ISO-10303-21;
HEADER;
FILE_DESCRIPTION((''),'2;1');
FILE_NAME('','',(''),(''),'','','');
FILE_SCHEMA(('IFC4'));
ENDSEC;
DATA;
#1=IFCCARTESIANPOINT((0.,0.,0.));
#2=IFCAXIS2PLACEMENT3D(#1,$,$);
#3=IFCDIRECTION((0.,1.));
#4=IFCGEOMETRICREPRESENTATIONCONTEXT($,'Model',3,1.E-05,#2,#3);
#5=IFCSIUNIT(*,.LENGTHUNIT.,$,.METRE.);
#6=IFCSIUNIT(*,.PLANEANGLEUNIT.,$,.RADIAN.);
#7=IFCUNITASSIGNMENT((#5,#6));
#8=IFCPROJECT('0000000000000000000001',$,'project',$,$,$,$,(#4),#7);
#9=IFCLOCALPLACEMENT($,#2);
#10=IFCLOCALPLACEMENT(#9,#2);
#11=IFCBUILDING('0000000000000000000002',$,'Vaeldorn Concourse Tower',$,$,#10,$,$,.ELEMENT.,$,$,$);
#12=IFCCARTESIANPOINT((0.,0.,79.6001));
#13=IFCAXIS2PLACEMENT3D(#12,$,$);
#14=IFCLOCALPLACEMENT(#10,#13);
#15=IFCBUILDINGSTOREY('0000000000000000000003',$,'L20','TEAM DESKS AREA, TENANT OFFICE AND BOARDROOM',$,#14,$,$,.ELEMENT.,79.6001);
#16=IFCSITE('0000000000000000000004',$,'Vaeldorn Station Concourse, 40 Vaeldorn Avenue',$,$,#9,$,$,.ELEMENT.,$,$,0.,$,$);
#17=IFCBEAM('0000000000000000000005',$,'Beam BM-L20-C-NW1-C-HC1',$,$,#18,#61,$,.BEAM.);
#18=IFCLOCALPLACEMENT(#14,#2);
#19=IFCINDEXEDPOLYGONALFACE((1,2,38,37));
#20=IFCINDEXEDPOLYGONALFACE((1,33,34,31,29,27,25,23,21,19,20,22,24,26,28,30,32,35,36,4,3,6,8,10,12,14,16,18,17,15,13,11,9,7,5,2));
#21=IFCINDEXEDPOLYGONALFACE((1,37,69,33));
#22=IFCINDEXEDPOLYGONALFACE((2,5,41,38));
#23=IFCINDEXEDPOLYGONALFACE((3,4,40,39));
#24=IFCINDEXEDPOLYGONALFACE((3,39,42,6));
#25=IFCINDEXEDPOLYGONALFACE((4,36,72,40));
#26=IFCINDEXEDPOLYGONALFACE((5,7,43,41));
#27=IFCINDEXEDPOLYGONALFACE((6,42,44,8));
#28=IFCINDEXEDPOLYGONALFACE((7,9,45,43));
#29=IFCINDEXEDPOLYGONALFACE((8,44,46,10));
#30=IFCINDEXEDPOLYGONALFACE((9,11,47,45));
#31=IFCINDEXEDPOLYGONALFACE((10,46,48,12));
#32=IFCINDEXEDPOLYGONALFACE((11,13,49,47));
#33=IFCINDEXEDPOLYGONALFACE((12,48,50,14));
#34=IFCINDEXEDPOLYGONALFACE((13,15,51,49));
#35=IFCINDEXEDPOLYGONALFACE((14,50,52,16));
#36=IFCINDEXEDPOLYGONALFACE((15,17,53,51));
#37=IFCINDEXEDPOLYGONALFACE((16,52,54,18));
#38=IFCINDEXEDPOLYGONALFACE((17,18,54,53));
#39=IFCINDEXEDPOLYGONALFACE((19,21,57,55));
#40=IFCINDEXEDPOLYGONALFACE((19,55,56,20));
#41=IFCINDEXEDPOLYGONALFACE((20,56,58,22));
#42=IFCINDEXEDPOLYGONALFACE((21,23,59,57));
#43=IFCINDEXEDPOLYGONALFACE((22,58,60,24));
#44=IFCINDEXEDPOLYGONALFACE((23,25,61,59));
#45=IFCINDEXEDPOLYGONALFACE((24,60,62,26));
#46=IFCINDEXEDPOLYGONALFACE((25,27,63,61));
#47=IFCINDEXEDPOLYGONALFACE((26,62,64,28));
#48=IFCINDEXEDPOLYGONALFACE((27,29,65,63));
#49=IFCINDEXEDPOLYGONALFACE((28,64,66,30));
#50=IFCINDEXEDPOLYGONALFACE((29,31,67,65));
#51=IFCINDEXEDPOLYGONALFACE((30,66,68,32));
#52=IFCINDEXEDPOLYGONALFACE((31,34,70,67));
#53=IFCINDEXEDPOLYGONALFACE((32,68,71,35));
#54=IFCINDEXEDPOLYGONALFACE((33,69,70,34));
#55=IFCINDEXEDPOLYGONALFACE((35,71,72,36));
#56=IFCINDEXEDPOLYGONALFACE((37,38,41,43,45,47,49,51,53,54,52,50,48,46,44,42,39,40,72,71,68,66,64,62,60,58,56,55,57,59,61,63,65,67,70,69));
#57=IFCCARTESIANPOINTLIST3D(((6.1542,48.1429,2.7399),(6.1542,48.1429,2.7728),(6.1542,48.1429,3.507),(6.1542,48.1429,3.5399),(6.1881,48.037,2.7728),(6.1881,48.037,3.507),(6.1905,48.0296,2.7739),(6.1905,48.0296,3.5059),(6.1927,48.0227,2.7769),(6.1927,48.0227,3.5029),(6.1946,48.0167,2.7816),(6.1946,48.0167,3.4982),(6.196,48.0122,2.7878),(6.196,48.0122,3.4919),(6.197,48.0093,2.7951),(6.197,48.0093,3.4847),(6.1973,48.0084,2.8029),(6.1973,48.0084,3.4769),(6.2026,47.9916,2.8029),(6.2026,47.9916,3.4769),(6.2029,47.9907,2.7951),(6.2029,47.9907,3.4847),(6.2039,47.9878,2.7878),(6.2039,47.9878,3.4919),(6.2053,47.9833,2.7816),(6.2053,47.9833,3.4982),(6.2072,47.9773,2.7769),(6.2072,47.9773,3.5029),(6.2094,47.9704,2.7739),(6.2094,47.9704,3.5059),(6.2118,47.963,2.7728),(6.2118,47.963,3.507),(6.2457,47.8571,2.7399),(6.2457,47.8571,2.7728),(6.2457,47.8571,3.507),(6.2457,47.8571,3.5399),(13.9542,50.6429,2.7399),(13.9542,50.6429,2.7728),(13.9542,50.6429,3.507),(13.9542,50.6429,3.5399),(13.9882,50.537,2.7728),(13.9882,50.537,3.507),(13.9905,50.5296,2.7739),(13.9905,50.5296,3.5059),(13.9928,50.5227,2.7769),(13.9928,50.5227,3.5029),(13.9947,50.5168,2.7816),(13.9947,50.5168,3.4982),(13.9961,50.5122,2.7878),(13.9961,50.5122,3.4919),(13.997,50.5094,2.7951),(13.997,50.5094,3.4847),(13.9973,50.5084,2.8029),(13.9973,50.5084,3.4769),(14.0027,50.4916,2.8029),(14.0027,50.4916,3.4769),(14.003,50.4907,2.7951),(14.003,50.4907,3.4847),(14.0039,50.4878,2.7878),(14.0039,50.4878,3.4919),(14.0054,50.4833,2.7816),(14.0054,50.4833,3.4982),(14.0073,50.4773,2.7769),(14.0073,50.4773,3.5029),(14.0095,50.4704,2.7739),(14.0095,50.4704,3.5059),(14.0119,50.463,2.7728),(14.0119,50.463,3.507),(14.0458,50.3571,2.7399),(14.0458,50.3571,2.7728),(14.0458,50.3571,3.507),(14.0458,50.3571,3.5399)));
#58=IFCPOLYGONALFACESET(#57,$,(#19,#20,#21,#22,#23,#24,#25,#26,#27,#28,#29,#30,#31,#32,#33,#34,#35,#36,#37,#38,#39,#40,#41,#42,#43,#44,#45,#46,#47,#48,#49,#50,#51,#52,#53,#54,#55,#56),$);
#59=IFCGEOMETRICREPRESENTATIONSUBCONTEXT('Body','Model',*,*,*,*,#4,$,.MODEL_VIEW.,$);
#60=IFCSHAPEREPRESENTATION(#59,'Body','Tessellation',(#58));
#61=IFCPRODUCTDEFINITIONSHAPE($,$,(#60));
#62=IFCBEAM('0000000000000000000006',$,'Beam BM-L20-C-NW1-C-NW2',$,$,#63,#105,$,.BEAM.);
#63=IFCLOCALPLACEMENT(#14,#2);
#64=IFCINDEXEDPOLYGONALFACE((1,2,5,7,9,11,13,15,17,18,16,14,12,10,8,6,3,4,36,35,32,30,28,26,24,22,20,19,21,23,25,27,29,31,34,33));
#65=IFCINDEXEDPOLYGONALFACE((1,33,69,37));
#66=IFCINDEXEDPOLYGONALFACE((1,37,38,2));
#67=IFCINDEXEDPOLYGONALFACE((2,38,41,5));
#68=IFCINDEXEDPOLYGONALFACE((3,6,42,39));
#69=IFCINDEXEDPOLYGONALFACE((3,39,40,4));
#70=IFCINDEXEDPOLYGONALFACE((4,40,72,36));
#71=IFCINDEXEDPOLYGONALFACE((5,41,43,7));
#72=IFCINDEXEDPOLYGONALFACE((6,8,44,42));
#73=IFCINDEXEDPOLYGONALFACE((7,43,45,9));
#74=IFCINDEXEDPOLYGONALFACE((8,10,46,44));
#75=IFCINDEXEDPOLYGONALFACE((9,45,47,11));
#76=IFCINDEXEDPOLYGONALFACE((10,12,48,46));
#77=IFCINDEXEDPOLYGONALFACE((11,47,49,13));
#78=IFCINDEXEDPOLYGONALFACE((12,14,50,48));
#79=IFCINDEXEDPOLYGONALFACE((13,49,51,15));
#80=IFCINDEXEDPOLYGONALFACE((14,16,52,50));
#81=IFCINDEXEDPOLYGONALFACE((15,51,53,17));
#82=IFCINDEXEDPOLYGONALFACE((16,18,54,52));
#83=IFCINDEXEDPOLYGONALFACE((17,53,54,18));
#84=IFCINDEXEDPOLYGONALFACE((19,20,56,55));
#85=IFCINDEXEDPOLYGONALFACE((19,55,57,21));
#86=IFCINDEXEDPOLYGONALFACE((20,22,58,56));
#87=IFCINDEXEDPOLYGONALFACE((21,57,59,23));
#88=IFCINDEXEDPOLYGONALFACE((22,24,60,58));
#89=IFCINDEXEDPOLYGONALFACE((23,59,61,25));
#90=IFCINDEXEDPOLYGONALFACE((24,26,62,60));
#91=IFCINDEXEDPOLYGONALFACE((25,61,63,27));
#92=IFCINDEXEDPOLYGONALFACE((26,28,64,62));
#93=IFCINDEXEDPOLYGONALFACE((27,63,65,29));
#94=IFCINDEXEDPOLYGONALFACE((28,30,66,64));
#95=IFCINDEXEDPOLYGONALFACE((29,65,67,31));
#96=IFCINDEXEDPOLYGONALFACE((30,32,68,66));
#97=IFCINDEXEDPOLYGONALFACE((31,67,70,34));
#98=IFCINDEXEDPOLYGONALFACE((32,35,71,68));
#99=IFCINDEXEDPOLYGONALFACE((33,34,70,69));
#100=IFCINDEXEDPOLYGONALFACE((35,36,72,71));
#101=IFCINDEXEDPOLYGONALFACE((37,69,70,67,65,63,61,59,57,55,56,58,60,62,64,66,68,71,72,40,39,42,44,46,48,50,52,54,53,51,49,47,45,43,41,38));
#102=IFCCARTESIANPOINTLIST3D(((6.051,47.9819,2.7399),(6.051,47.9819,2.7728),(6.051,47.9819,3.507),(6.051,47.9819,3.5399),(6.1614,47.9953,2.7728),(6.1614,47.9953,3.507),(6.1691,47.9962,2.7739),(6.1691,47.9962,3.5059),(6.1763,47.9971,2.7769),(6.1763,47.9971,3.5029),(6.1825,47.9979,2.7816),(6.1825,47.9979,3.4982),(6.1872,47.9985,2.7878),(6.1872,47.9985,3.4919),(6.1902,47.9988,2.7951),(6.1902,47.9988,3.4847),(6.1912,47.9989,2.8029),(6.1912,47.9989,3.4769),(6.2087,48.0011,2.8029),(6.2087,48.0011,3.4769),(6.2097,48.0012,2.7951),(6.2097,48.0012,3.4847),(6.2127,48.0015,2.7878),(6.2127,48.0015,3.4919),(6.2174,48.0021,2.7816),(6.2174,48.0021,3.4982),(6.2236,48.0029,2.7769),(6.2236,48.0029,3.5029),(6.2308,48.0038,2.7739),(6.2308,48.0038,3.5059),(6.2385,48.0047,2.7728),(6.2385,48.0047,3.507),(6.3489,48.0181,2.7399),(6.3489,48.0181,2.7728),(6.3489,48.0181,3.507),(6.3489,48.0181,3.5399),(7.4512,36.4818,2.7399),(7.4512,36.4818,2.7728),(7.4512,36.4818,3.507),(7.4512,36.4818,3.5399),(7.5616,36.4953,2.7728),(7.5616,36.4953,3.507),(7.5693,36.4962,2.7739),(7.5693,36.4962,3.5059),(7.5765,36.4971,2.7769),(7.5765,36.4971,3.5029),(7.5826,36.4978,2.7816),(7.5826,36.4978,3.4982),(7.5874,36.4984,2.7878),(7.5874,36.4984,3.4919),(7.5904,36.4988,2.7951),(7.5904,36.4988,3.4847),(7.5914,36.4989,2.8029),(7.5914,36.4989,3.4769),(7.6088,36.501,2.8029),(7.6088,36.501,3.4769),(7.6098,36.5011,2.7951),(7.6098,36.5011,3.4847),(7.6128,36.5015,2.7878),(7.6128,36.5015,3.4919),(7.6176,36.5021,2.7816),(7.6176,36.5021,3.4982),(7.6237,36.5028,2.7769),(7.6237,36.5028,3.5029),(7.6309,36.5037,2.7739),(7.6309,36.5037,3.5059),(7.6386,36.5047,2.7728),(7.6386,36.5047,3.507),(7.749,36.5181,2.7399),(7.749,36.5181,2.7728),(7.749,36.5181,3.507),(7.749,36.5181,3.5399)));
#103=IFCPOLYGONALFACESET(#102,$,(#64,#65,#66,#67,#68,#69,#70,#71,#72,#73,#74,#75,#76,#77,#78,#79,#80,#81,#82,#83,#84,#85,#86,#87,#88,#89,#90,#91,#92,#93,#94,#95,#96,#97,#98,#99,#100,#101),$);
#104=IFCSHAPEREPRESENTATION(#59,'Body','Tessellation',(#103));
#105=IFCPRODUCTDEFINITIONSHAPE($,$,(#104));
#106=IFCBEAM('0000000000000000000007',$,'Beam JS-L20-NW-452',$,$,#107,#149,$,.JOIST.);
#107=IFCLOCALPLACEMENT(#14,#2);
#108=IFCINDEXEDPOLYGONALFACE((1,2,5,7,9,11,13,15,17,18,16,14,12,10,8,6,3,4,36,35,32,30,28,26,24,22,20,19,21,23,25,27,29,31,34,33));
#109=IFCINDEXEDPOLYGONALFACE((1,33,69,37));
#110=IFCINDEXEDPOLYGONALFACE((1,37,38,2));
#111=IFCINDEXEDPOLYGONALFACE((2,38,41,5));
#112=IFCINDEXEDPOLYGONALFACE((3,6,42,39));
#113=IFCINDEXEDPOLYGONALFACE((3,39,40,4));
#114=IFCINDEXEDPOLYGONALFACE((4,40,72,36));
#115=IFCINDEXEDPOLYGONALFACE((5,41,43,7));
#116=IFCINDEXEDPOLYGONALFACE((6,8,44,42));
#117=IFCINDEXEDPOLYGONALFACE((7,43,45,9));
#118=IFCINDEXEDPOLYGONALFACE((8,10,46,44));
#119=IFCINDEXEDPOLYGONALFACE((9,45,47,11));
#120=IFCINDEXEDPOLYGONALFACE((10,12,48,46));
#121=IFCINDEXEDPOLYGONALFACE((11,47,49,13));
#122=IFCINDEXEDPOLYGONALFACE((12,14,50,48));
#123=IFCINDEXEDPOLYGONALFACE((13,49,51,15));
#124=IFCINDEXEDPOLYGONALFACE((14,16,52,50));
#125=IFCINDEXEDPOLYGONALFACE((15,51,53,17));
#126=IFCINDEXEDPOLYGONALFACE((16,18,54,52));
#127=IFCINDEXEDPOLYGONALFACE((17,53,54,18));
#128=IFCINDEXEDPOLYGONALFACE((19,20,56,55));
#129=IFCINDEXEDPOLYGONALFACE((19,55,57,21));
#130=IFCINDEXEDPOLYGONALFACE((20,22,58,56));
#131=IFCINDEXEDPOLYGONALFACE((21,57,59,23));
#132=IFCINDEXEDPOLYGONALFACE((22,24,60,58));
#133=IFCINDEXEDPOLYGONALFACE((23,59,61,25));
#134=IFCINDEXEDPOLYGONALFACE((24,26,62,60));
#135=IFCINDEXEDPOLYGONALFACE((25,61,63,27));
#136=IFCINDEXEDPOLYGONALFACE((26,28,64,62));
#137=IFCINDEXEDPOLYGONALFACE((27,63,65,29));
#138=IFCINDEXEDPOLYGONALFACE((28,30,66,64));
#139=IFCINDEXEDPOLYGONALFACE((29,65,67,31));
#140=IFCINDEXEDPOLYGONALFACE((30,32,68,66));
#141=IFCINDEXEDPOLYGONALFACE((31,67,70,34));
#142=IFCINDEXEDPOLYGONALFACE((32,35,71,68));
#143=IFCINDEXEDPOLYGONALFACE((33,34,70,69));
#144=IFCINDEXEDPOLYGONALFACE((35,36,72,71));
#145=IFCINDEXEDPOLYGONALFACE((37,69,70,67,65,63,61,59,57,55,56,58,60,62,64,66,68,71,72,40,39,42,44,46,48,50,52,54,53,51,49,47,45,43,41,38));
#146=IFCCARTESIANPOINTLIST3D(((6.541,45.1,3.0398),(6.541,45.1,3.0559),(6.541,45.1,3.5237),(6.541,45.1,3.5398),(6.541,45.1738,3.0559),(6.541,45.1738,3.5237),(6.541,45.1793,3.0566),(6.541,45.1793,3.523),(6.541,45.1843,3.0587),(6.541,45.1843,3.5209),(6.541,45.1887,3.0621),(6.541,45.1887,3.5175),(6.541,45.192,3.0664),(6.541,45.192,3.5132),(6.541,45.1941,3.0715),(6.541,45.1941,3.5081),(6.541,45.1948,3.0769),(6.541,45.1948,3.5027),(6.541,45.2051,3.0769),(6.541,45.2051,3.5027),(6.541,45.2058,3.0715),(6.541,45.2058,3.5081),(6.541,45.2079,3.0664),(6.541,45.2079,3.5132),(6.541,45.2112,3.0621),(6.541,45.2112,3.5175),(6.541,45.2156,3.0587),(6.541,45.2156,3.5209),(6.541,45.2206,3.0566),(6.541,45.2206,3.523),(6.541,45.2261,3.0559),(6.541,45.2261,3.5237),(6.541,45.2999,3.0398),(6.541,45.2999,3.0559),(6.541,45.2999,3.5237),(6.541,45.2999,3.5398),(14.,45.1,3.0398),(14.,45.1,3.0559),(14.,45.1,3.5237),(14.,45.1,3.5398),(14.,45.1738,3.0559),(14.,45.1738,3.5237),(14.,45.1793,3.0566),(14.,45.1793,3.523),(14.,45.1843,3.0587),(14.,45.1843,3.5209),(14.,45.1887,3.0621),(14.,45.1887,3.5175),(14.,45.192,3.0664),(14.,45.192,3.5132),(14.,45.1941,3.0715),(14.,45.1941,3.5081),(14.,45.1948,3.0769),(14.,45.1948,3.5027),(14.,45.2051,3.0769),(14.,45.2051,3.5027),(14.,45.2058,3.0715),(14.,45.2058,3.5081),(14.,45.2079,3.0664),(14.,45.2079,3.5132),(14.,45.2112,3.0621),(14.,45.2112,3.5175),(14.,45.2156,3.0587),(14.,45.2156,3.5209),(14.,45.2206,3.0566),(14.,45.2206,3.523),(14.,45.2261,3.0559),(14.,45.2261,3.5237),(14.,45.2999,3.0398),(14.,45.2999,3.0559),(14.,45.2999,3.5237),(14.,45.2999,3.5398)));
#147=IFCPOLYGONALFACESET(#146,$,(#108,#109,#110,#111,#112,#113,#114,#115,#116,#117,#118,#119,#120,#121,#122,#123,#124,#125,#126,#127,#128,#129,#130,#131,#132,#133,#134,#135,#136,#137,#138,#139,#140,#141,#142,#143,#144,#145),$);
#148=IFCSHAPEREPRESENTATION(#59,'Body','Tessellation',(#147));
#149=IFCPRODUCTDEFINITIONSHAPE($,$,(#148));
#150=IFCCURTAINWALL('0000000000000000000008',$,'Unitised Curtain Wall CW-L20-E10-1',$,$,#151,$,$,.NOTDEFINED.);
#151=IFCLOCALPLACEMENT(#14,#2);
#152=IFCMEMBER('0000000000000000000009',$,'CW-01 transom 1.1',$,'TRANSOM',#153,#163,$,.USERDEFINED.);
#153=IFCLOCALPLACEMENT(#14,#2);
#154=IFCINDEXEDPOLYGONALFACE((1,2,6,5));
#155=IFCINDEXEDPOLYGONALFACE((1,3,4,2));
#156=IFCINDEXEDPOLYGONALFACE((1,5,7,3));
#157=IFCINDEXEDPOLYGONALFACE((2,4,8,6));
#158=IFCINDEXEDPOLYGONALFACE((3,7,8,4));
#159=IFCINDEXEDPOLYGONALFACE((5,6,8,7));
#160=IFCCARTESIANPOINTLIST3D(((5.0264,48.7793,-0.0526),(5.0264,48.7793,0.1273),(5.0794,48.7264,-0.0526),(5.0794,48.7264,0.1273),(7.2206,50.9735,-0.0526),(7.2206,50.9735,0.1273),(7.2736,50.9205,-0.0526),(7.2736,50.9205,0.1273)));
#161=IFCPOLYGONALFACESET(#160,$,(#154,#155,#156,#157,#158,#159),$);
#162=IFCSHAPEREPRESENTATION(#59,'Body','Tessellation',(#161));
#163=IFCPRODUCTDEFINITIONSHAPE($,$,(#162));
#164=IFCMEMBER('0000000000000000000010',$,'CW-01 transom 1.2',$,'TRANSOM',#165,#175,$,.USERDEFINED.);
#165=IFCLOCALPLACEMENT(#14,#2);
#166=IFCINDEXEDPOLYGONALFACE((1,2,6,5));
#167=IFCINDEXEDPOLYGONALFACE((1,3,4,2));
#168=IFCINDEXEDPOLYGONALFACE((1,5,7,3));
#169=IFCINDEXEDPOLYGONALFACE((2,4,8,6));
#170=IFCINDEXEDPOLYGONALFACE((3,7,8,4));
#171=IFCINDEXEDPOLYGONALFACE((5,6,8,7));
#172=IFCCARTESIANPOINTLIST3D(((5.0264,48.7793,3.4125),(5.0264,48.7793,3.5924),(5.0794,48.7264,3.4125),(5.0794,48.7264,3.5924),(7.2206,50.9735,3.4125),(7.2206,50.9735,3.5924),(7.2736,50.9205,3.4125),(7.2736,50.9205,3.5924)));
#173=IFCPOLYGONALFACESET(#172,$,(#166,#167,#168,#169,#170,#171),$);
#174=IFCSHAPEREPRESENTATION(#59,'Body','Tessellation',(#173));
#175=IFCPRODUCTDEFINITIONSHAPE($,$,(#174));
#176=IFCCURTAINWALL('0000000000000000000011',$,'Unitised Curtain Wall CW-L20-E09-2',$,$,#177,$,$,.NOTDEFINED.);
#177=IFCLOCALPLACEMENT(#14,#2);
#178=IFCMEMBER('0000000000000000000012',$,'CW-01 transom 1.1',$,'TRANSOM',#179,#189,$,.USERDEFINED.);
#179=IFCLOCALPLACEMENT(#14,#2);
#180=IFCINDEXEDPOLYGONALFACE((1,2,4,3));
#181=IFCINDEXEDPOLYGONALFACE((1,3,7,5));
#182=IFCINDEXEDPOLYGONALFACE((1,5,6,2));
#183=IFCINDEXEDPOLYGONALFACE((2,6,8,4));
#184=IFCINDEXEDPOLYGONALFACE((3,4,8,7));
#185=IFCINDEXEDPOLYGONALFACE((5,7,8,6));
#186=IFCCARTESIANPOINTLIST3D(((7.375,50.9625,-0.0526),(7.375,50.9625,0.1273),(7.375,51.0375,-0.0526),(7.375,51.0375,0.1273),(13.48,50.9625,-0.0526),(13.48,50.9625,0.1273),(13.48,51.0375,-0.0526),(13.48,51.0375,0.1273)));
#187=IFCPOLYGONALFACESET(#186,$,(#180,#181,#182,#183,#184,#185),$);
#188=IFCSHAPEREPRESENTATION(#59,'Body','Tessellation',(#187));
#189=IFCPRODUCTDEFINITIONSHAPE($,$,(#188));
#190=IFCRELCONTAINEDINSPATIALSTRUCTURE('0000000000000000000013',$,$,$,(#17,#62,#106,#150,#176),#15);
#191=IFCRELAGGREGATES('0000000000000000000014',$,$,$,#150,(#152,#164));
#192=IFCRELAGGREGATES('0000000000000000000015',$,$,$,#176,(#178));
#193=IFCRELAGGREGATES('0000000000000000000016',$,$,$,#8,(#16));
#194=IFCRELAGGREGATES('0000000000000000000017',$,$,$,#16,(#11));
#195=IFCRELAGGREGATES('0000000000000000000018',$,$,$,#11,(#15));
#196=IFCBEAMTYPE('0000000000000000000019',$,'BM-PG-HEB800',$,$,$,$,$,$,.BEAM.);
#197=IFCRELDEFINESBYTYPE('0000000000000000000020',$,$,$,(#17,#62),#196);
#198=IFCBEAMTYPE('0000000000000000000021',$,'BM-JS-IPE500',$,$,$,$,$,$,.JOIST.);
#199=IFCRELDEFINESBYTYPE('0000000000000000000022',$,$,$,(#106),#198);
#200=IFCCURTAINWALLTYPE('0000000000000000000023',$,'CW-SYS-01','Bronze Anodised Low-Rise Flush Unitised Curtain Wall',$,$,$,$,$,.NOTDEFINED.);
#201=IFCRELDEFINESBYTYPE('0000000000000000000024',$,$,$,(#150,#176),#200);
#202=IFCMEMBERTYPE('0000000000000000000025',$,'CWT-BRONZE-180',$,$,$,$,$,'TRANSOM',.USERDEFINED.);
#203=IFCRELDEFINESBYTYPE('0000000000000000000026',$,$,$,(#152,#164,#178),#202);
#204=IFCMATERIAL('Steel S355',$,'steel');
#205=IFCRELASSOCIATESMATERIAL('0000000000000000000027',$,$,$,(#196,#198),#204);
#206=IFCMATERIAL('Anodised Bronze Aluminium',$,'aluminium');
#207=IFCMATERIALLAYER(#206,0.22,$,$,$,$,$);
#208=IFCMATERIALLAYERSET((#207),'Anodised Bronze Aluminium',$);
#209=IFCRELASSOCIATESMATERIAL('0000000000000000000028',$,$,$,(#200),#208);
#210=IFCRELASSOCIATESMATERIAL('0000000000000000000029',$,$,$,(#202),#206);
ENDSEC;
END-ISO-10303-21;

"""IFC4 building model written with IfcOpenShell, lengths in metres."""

from ifc_helpers import new_model, si_unit, direction, frame, origin, origin_2d, place, context, subcontext, project, spatial, rectangle, i_section, extrude, source, transform, mapped, material, layer, layer_set, material_profile, profile_set, type_object, element, aggregate, save


model = new_model("IFC4")

# Units and contexts
model_context = context("Model", 3, precision=1e-05, world=origin(), true_north=direction((0.0, 1.0)))
body_context = subcontext(model_context, "Body", "Model", "MODEL_VIEW")
ifc_project = project(units=[si_unit("LENGTHUNIT", "METRE"), si_unit("PLANEANGLEUNIT", "RADIAN")], contexts=[model_context])

# Site, building, storey
site_placement = place(None, origin())
site = spatial("IfcSite", under=ifc_project, at=site_placement, Name="Vaeldorn Station Concourse, 40 Vaeldorn Avenue", CompositionType="ELEMENT", RefElevation=0.0)
building_placement = place(site_placement, origin())
building = spatial("IfcBuilding", under=site, at=building_placement, Name="Vaeldorn Concourse Tower", CompositionType="ELEMENT")
storey_placement = place(building_placement, frame((0.0, 0.0, 79.6001)))
storey = spatial("IfcBuildingStorey", under=building, at=storey_placement, Name="L20", Description="TEAM DESKS AREA, TENANT OFFICE AND BOARDROOM", CompositionType="ELEMENT", Elevation=79.6001)

# Beams
ifc_material_1 = material(Name="Steel S355", Category="steel")
ifc_material_profile_1 = material_profile(ifc_material_1, i_section(OverallWidth=0.3, OverallDepth=0.8, WebThickness=0.0176, FlangeThickness=0.033, FilletRadius=0.03, at=origin_2d()), Name="HEB 800")
ifc_profile_set_1 = profile_set([ifc_material_profile_1], Name="Steel S355")
beam_type_1 = type_object("IfcBeamType", Name="BM-PG-HEB800", PredefinedType="BEAM", material=ifc_profile_set_1)
shared_shape_1 = source(origin(), body_context, "Body", "SweptSolid", [
    extrude(i_section(OverallWidth=0.3, OverallDepth=0.8, WebThickness=0.0176, FlangeThickness=0.033, FilletRadius=0.03, at=origin_2d()), origin(), (0.0, 0.0, 1.0), 8.1909),
])
beam_1_placement = place(storey_placement, frame((6.2, 48.0, 3.1399), z_axis=(0.952283, 0.305217, 0.0), x_axis=(-0.305217, 0.952283, 0.0)))
element("IfcBeam", 1, at=beam_1_placement, inside=storey, type_object=beam_type_1, Name="Beam BM-L20-C-NW1-C-HC1", PredefinedType="BEAM", context=body_context, shape_type="MappedRepresentation", body=[
    mapped(shared_shape_1, transform((0.0, 0.0, 0.0), scale=1.0)),
])
shared_shape_2 = source(origin(), body_context, "Body", "SweptSolid", [
    extrude(i_section(OverallWidth=0.3, OverallDepth=0.8, WebThickness=0.0176, FlangeThickness=0.033, FilletRadius=0.03, at=origin_2d()), origin(), (0.0, 0.0, 1.0), 11.585),
])
beam_2_placement = place(storey_placement, frame((6.2, 48.0, 3.1399), z_axis=(0.120859, -0.99267, 0.0), x_axis=(0.99267, 0.120859, 0.0)))
element("IfcBeam", 2, at=beam_2_placement, inside=storey, type_object=beam_type_1, Name="Beam BM-L20-C-NW1-C-NW2", PredefinedType="BEAM", context=body_context, shape_type="MappedRepresentation", body=[
    mapped(shared_shape_2, transform((0.0, 0.0, 0.0), scale=1.0)),
])
ifc_material_profile_2 = material_profile(ifc_material_1, i_section(OverallWidth=0.2, OverallDepth=0.5, WebThickness=0.0103, FlangeThickness=0.0161, FilletRadius=0.021, at=origin_2d()), Name="IPE 500")
ifc_profile_set_2 = profile_set([ifc_material_profile_2], Name="Steel S355")
beam_type_2 = type_object("IfcBeamType", Name="BM-JS-IPE500", PredefinedType="JOIST", material=ifc_profile_set_2)
shared_shape_3 = source(origin(), body_context, "Body", "SweptSolid", [
    extrude(i_section(OverallWidth=0.2, OverallDepth=0.5, WebThickness=0.0103, FlangeThickness=0.0161, FilletRadius=0.021, at=origin_2d()), origin(), (0.0, 0.0, 1.0), 7.459),
])
beam_3_placement = place(storey_placement, frame((6.541, 45.2, 3.2898), z_axis=(1.0, 0.0, 0.0), x_axis=(0.0, 1.0, 0.0)))
element("IfcBeam", 3, at=beam_3_placement, inside=storey, type_object=beam_type_2, Name="Beam JS-L20-NW-452", PredefinedType="JOIST", context=body_context, shape_type="MappedRepresentation", body=[
    mapped(shared_shape_3, transform((0.0, 0.0, 0.0), scale=1.0)),
])

# Curtain walls, members
ifc_material_2 = material(Name="Anodised Bronze Aluminium", Category="aluminium")
ifc_layer_1 = layer(ifc_material_2, 0.22)
ifc_layer_set_1 = layer_set([ifc_layer_1], Name="Anodised Bronze Aluminium")
curtain_wall_type = type_object("IfcCurtainWallType", Name="CW-SYS-01", Description="Bronze Anodised Low-Rise Flush Unitised Curtain Wall", PredefinedType="NOTDEFINED", material=ifc_layer_set_1)
curtain_wall_1_placement = place(storey_placement, origin())
curtain_wall_1 = element("IfcCurtainWall", 4, at=curtain_wall_1_placement, inside=storey, type_object=curtain_wall_type, Name="Unitised Curtain Wall CW-L20-E10-1", PredefinedType="NOTDEFINED")
ifc_material_profile_3 = material_profile(ifc_material_2, rectangle(XDim=0.075, YDim=0.1799, at=origin_2d()), Name="CWT 75x180")
ifc_profile_set_3 = profile_set([ifc_material_profile_3], Name="Anodised Bronze Aluminium")
member_type_1 = type_object("IfcMemberType", Name="CWT-BRONZE-180", ElementType="TRANSOM", PredefinedType="USERDEFINED", material=ifc_profile_set_3)
shared_shape_4 = source(origin(), body_context, "Body", "SweptSolid", [
    extrude(rectangle(XDim=0.075, YDim=0.1799, at=origin_2d()), origin(), (0.0, 0.0, 1.0), 3.103),
])
member_1_placement = place(storey_placement, frame((7.2471, 50.947, 0.0374), z_axis=(-0.707107, -0.707107, 0.0), x_axis=(0.707107, -0.707107, 0.0)))
member_1 = element("IfcMember", 5, at=member_1_placement, type_object=member_type_1, Name="CW-01 transom 1.1", ObjectType="TRANSOM", PredefinedType="USERDEFINED", context=body_context, shape_type="MappedRepresentation", body=[
    mapped(shared_shape_4, transform((0.0, 0.0, 0.0), scale=1.0)),
])
member_2_placement = place(storey_placement, frame((7.2471, 50.947, 3.5024), z_axis=(-0.707107, -0.707107, 0.0), x_axis=(0.707107, -0.707107, 0.0)))
member_2 = element("IfcMember", 6, at=member_2_placement, type_object=member_type_1, Name="CW-01 transom 1.2", ObjectType="TRANSOM", PredefinedType="USERDEFINED", context=body_context, shape_type="MappedRepresentation", body=[
    mapped(shared_shape_4, transform((0.0, 0.0, 0.0), scale=1.0)),
])
curtain_wall_2_placement = place(storey_placement, origin())
curtain_wall_2 = element("IfcCurtainWall", 7, at=curtain_wall_2_placement, inside=storey, type_object=curtain_wall_type, Name="Unitised Curtain Wall CW-L20-E09-2", PredefinedType="NOTDEFINED")
shared_shape_5 = source(origin(), body_context, "Body", "SweptSolid", [
    extrude(rectangle(XDim=0.075, YDim=0.1799, at=origin_2d()), origin(), (0.0, 0.0, 1.0), 6.105),
])
member_3_placement = place(storey_placement, frame((13.48, 51.0, 0.0374), z_axis=(-1.0, 0.0, 0.0), x_axis=(0.0, -1.0, 0.0)))
member_3 = element("IfcMember", 8, at=member_3_placement, type_object=member_type_1, Name="CW-01 transom 1.1", ObjectType="TRANSOM", PredefinedType="USERDEFINED", context=body_context, shape_type="MappedRepresentation", body=[
    mapped(shared_shape_5, transform((0.0, 0.0, 0.0), scale=1.0)),
])

aggregate(curtain_wall_1, [member_1, member_2])
aggregate(curtain_wall_2, [member_3])

save(model, "model.ifc")
